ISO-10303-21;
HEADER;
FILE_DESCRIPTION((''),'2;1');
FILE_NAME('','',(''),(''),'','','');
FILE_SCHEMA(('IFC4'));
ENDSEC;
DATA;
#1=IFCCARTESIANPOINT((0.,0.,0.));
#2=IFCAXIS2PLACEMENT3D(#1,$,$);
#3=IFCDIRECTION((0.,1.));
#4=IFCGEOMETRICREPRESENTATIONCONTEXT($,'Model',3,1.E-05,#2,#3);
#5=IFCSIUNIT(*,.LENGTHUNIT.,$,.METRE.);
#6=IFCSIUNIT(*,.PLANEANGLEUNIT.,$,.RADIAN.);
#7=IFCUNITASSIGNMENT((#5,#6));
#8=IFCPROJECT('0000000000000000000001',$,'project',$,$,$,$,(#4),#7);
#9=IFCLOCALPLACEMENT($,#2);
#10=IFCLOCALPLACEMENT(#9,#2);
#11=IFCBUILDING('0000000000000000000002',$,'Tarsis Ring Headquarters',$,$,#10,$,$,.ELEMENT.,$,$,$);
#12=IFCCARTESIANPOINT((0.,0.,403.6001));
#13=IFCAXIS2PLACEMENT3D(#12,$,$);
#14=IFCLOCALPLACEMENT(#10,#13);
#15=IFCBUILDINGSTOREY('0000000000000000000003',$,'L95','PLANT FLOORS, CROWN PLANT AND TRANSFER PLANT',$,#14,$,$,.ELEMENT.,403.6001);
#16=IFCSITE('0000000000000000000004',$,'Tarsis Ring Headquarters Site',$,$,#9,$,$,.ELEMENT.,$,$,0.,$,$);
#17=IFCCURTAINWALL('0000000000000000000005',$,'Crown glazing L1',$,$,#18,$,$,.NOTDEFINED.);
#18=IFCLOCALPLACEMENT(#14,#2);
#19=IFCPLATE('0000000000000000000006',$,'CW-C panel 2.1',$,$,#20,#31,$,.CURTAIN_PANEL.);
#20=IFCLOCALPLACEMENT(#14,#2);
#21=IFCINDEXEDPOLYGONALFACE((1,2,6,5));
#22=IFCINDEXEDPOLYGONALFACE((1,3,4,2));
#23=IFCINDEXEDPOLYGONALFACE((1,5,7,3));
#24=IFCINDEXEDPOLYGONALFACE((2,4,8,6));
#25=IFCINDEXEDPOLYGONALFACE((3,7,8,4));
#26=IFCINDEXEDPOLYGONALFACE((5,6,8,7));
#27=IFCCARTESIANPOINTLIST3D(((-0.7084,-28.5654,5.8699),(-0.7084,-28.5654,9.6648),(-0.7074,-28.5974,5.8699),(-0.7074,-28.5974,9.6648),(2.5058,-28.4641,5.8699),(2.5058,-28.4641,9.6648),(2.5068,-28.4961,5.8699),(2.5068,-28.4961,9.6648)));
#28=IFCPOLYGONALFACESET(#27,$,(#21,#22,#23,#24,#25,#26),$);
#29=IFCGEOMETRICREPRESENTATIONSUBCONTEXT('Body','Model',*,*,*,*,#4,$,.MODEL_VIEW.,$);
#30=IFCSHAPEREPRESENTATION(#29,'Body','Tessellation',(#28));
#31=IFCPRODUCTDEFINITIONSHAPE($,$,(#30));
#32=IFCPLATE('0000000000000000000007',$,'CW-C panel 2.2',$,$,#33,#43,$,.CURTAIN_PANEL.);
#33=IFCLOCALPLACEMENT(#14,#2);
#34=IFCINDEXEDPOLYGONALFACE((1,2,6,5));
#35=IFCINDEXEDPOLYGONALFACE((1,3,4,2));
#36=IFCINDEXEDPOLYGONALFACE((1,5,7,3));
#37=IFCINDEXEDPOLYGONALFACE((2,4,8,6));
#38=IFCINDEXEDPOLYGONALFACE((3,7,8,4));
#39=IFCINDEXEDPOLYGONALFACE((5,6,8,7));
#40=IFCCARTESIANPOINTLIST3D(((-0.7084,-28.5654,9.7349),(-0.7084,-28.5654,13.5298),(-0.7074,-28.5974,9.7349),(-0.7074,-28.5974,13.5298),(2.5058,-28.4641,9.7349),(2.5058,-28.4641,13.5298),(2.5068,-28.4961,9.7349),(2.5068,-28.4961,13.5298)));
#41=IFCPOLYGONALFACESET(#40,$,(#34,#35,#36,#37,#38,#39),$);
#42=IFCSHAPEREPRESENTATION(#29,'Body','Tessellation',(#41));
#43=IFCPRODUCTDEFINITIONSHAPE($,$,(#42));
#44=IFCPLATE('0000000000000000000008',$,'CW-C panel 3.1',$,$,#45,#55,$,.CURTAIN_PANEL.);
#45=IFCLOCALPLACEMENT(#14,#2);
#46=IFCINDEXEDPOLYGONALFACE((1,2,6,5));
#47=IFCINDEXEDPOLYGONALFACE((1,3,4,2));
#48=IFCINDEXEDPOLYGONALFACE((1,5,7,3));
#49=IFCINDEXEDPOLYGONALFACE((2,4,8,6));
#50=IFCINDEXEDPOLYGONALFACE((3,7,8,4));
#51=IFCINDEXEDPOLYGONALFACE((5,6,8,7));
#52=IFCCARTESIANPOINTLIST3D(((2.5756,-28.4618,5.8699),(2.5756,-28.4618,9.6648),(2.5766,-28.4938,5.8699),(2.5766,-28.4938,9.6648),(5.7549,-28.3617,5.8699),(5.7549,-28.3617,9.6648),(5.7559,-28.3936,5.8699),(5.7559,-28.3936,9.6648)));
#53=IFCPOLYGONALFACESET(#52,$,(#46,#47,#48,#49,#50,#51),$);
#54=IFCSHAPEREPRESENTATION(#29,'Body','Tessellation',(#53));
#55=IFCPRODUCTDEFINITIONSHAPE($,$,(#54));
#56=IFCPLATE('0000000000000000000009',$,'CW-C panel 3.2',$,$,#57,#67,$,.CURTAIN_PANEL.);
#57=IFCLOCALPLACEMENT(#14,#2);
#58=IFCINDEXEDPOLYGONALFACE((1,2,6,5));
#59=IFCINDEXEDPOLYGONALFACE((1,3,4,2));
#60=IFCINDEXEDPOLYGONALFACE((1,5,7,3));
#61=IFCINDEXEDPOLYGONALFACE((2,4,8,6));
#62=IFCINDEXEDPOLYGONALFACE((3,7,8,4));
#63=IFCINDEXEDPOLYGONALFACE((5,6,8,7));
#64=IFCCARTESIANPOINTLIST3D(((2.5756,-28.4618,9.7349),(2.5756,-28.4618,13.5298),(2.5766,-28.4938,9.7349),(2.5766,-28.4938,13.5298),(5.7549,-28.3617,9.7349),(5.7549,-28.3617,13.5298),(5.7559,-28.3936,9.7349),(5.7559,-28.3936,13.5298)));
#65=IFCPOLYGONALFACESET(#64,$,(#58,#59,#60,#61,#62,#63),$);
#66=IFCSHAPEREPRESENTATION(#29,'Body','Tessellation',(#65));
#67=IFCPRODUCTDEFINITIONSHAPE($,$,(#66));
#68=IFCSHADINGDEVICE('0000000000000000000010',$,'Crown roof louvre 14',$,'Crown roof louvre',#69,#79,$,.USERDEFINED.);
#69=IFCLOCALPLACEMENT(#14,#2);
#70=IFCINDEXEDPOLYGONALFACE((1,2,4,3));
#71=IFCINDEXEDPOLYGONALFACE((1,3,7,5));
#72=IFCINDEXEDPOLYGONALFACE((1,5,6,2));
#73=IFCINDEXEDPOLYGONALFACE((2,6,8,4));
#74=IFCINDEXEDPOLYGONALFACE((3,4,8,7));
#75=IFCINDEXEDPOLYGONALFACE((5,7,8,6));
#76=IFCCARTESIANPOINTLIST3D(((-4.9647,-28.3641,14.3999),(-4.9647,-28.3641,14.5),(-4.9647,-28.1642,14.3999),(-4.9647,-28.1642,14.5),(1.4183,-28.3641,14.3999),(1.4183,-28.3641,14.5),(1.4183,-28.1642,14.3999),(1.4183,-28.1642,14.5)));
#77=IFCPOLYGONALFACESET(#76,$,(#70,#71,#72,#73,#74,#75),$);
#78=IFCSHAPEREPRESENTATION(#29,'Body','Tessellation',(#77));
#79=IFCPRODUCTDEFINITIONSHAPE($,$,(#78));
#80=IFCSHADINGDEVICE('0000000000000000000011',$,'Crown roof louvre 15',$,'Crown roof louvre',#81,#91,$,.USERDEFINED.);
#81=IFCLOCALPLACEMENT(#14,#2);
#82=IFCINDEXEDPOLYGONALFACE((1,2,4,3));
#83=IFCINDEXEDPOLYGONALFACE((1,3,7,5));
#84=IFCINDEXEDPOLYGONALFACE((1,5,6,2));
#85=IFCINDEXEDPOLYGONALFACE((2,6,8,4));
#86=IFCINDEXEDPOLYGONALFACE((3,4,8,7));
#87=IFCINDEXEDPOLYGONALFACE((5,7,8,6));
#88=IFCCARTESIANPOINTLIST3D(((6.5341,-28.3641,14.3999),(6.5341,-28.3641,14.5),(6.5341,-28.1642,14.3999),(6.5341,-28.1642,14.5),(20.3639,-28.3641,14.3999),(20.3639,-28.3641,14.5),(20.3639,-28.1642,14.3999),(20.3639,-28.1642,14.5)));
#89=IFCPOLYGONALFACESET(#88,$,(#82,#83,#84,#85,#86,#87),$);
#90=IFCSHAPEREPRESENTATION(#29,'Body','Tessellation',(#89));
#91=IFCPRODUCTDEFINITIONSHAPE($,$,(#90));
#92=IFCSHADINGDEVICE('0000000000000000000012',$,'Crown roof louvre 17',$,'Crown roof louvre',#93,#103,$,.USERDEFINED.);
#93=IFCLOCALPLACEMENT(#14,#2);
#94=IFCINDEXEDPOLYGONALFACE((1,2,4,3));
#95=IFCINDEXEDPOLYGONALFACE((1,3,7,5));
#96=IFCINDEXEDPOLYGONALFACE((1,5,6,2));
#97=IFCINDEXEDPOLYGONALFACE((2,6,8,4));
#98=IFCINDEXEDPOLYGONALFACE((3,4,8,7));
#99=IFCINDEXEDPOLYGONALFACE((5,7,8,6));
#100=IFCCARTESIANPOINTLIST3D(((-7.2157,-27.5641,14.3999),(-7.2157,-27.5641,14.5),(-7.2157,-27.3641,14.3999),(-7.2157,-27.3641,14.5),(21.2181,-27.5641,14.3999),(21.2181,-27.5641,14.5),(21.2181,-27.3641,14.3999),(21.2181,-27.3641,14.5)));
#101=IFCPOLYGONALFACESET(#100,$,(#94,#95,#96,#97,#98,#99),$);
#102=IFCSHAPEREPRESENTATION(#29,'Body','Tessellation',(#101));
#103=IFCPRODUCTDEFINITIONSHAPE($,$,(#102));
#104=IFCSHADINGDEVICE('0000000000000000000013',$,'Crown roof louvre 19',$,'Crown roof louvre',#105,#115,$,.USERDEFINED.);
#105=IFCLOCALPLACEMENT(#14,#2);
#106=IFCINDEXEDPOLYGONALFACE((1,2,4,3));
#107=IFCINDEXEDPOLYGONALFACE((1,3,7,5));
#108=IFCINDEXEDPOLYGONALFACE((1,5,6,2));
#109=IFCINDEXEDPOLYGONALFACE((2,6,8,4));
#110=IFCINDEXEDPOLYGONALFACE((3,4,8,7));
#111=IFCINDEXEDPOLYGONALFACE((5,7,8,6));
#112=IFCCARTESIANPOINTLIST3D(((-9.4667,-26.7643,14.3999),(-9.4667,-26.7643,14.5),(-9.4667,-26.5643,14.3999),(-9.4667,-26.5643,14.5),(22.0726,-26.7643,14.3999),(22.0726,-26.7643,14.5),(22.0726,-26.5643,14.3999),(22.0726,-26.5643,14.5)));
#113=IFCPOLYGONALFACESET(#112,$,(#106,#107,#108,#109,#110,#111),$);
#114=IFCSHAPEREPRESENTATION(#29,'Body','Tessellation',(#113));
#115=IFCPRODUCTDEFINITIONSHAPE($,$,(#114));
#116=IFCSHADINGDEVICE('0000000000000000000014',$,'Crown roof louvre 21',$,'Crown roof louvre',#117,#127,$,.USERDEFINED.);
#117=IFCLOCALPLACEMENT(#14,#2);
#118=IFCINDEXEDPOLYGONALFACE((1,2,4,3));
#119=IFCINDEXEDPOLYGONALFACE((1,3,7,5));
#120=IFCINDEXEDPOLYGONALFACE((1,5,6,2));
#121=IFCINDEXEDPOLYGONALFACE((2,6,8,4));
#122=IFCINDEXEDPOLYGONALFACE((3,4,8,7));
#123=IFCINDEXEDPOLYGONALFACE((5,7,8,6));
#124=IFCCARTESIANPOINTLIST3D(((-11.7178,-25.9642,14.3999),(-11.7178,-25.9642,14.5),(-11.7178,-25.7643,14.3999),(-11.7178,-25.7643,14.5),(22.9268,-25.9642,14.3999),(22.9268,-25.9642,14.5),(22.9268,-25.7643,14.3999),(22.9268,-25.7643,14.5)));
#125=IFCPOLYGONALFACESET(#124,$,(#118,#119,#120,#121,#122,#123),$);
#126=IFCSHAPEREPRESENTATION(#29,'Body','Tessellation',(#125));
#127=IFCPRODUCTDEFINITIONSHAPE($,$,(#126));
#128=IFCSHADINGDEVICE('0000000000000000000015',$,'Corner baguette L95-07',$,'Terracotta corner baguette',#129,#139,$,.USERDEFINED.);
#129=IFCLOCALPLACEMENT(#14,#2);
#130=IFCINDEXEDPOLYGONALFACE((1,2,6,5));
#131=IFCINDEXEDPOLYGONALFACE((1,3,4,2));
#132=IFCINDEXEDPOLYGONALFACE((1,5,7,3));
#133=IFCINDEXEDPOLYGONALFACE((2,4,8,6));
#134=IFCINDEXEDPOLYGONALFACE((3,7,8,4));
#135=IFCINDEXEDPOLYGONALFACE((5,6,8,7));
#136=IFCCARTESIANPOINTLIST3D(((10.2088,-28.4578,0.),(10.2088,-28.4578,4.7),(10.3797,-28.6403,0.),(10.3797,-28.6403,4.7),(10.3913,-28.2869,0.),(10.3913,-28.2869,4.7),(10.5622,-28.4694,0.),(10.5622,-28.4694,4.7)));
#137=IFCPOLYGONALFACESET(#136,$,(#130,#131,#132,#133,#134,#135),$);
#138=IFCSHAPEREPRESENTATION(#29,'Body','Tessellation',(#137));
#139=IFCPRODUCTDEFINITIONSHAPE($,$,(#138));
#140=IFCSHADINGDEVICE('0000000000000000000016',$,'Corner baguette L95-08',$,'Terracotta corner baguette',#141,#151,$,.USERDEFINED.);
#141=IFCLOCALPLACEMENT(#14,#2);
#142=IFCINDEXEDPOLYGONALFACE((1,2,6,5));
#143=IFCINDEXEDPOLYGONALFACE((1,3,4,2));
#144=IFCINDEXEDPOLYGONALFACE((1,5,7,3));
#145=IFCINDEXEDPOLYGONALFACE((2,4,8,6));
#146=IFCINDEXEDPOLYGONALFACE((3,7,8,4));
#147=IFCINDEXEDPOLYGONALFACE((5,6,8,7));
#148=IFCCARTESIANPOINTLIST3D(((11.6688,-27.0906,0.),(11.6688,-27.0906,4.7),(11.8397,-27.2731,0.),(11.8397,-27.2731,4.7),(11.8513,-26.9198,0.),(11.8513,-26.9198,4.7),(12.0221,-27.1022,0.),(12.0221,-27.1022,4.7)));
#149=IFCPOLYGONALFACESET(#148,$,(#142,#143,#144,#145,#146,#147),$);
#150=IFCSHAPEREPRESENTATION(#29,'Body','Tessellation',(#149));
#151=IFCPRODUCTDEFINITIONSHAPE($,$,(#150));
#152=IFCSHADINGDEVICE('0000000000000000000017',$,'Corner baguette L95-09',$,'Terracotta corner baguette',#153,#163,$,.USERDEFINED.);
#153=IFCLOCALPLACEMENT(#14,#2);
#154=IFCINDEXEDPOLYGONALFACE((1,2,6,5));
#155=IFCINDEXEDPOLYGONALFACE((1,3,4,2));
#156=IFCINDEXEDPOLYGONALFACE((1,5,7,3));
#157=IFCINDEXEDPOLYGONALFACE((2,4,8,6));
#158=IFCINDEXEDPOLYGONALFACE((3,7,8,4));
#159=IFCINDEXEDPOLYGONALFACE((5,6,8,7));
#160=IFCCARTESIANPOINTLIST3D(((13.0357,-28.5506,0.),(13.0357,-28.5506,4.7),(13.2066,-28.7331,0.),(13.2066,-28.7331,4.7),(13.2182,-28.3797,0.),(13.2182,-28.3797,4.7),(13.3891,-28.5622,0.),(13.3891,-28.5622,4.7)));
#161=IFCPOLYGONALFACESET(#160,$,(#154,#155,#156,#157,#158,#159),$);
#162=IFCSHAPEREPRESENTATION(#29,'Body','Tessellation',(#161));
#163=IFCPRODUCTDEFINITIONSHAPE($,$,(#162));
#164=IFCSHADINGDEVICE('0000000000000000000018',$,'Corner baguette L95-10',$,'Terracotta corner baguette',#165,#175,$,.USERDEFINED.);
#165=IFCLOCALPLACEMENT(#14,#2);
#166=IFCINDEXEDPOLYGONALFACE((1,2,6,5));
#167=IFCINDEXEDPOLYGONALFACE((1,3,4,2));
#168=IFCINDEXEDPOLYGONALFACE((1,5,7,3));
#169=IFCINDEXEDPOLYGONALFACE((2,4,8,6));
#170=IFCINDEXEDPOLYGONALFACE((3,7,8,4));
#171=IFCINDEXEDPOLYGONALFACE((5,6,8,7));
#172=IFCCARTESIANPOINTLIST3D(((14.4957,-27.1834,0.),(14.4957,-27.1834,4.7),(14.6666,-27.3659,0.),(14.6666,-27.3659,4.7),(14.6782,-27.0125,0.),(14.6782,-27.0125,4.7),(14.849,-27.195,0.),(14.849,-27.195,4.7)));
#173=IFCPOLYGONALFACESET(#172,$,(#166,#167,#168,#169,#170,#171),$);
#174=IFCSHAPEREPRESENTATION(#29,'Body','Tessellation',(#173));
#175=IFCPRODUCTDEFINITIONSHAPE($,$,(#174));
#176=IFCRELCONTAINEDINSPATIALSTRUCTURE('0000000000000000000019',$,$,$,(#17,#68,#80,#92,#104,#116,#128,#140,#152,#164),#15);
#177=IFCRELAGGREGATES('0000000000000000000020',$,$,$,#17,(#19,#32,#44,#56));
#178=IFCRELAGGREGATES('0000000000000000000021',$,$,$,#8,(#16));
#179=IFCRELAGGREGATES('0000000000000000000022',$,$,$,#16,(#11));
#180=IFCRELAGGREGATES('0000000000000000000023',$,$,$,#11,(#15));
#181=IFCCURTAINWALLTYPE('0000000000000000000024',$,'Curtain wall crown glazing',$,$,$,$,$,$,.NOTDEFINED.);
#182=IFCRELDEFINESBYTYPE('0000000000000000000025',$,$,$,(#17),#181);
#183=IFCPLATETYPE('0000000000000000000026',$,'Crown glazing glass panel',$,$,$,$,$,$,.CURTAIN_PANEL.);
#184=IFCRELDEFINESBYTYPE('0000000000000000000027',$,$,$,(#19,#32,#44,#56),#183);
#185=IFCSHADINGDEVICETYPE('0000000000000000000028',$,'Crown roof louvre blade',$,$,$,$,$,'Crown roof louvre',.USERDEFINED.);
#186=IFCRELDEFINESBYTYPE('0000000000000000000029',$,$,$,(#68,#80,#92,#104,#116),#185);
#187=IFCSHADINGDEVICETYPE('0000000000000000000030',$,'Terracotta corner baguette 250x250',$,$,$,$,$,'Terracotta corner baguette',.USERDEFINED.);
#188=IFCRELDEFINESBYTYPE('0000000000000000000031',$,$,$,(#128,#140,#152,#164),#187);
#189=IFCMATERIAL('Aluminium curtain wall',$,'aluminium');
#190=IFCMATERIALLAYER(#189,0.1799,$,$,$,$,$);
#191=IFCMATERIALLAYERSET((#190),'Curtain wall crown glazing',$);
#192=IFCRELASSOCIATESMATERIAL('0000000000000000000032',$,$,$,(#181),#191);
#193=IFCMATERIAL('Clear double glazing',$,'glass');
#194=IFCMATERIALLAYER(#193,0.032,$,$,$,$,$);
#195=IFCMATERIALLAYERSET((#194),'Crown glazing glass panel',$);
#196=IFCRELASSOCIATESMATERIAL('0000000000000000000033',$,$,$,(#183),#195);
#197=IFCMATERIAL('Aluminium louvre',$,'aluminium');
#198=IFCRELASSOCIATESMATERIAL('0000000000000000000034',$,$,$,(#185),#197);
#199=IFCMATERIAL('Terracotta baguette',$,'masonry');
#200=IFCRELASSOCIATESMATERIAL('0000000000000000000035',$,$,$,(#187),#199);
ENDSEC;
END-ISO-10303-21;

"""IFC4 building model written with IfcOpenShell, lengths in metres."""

from ifc_helpers import new_model, si_unit, direction, frame, origin, origin_2d, place, context, subcontext, project, spatial, rectangle, extrude, material, layer, layer_set, type_object, element, aggregate, save


model = new_model("IFC4")

# Units and contexts
model_context = context("Model", 3, precision=1e-05, world=origin(), true_north=direction((0.0, 1.0)))
body_context = subcontext(model_context, "Body", "Model", "MODEL_VIEW")
ifc_project = project(units=[si_unit("LENGTHUNIT", "METRE"), si_unit("PLANEANGLEUNIT", "RADIAN")], contexts=[model_context])

# Site, building, storey
site_placement = place(None, origin())
site = spatial("IfcSite", under=ifc_project, at=site_placement, Name="Tarsis Ring Headquarters Site", CompositionType="ELEMENT", RefElevation=0.0)
building_placement = place(site_placement, origin())
building = spatial("IfcBuilding", under=site, at=building_placement, Name="Tarsis Ring Headquarters", CompositionType="ELEMENT")
storey_placement = place(building_placement, frame((0.0, 0.0, 403.6001)))
storey = spatial("IfcBuildingStorey", under=building, at=storey_placement, Name="L95", Description="PLANT FLOORS, CROWN PLANT AND TRANSFER PLANT", CompositionType="ELEMENT", Elevation=403.6001)

# Curtain wall
ifc_material_1 = material(Name="Aluminium curtain wall", Category="aluminium")
ifc_layer_1 = layer(ifc_material_1, 0.1799)
ifc_layer_set_1 = layer_set([ifc_layer_1], Name="Curtain wall crown glazing")
curtain_wall_type = type_object("IfcCurtainWallType", Name="Curtain wall crown glazing", PredefinedType="NOTDEFINED", material=ifc_layer_set_1)
curtain_wall_placement = place(storey_placement, origin())
curtain_wall = element("IfcCurtainWall", 1, at=curtain_wall_placement, inside=storey, type_object=curtain_wall_type, Name="Crown glazing L1", PredefinedType="NOTDEFINED")

# Plates
ifc_material_2 = material(Name="Clear double glazing", Category="glass")
ifc_layer_2 = layer(ifc_material_2, 0.032)
ifc_layer_set_2 = layer_set([ifc_layer_2], Name="Crown glazing glass panel")
plate_type = type_object("IfcPlateType", Name="Crown glazing glass panel", PredefinedType="CURTAIN_PANEL", material=ifc_layer_set_2)
plate_1_placement = place(storey_placement, frame((0.8992, -28.5308, 5.8699), z_axis=(0.0, 0.0, 1.0), x_axis=(0.999504, 0.031498, 0.0)))
plate_1 = element("IfcPlate", 2, at=plate_1_placement, type_object=plate_type, Name="CW-C panel 2.1", PredefinedType="CURTAIN_PANEL", context=body_context, shape_type="SweptSolid", body=[
    extrude(rectangle(XDim=3.2158, YDim=0.032, at=origin_2d()), origin(), (0.0, 0.0, 1.0), 3.7949),
])
plate_2_placement = place(storey_placement, frame((0.8992, -28.5308, 9.7349), z_axis=(0.0, 0.0, 1.0), x_axis=(0.999504, 0.031498, 0.0)))
plate_2 = element("IfcPlate", 3, at=plate_2_placement, type_object=plate_type, Name="CW-C panel 2.2", PredefinedType="CURTAIN_PANEL", context=body_context, shape_type="SweptSolid", body=[
    extrude(rectangle(XDim=3.2158, YDim=0.032, at=origin_2d()), origin(), (0.0, 0.0, 1.0), 3.7949),
])
plate_3_placement = place(storey_placement, frame((4.1658, -28.4277, 5.8699), z_axis=(0.0, 0.0, 1.0), x_axis=(0.999504, 0.031498, 0.0)))
plate_3 = element("IfcPlate", 4, at=plate_3_placement, type_object=plate_type, Name="CW-C panel 3.1", PredefinedType="CURTAIN_PANEL", context=body_context, shape_type="SweptSolid", body=[
    extrude(rectangle(XDim=3.1809, YDim=0.032, at=origin_2d()), origin(), (0.0, 0.0, 1.0), 3.7949),
])
plate_4_placement = place(storey_placement, frame((4.1658, -28.4277, 9.7349), z_axis=(0.0, 0.0, 1.0), x_axis=(0.999504, 0.031498, 0.0)))
plate_4 = element("IfcPlate", 5, at=plate_4_placement, type_object=plate_type, Name="CW-C panel 3.2", PredefinedType="CURTAIN_PANEL", context=body_context, shape_type="SweptSolid", body=[
    extrude(rectangle(XDim=3.1809, YDim=0.032, at=origin_2d()), origin(), (0.0, 0.0, 1.0), 3.7949),
])
aggregate(curtain_wall, [plate_1, plate_2, plate_3, plate_4])

# Shading devices
ifc_material_3 = material(Name="Aluminium louvre", Category="aluminium")
shading_device_type_1 = type_object("IfcShadingDeviceType", Name="Crown roof louvre blade", ElementType="Crown roof louvre", PredefinedType="USERDEFINED", material=ifc_material_3)
shading_device_1_placement = place(storey_placement, frame((-1.7732, -28.2642, 14.3999), z_axis=(0.0, 0.0, 1.0), x_axis=(1.0, 0.0, 0.0)))
element("IfcShadingDevice", 6, at=shading_device_1_placement, inside=storey, type_object=shading_device_type_1, Name="Crown roof louvre 14", ObjectType="Crown roof louvre", PredefinedType="USERDEFINED", context=body_context, shape_type="SweptSolid", body=[
    extrude(rectangle(XDim=6.3831, YDim=0.2, at=origin_2d()), origin(), (0.0, 0.0, 1.0), 0.1001),
])
shading_device_2_placement = place(storey_placement, frame((13.449, -28.2642, 14.3999), z_axis=(0.0, 0.0, 1.0), x_axis=(1.0, 0.0, 0.0)))
element("IfcShadingDevice", 7, at=shading_device_2_placement, inside=storey, type_object=shading_device_type_1, Name="Crown roof louvre 15", ObjectType="Crown roof louvre", PredefinedType="USERDEFINED", context=body_context, shape_type="SweptSolid", body=[
    extrude(rectangle(XDim=13.8298, YDim=0.2, at=origin_2d()), origin(), (0.0, 0.0, 1.0), 0.1001),
])
shading_device_3_placement = place(storey_placement, frame((7.0012, -27.4641, 14.3999), z_axis=(0.0, 0.0, 1.0), x_axis=(1.0, 0.0, 0.0)))
element("IfcShadingDevice", 8, at=shading_device_3_placement, inside=storey, type_object=shading_device_type_1, Name="Crown roof louvre 17", ObjectType="Crown roof louvre", PredefinedType="USERDEFINED", context=body_context, shape_type="SweptSolid", body=[
    extrude(rectangle(XDim=28.4338, YDim=0.2, at=origin_2d()), origin(), (0.0, 0.0, 1.0), 0.1001),
])
shading_device_4_placement = place(storey_placement, frame((6.303, -26.6643, 14.3999), z_axis=(0.0, 0.0, 1.0), x_axis=(1.0, 0.0, 0.0)))
element("IfcShadingDevice", 9, at=shading_device_4_placement, inside=storey, type_object=shading_device_type_1, Name="Crown roof louvre 19", ObjectType="Crown roof louvre", PredefinedType="USERDEFINED", context=body_context, shape_type="SweptSolid", body=[
    extrude(rectangle(XDim=31.5393, YDim=0.2, at=origin_2d()), origin(), (0.0, 0.0, 1.0), 0.1001),
])
shading_device_5_placement = place(storey_placement, frame((5.6045, -25.8643, 14.3999), z_axis=(0.0, 0.0, 1.0), x_axis=(1.0, 0.0, 0.0)))
element("IfcShadingDevice", 10, at=shading_device_5_placement, inside=storey, type_object=shading_device_type_1, Name="Crown roof louvre 21", ObjectType="Crown roof louvre", PredefinedType="USERDEFINED", context=body_context, shape_type="SweptSolid", body=[
    extrude(rectangle(XDim=34.6445, YDim=0.2, at=origin_2d()), origin(), (0.0, 0.0, 1.0), 0.1001),
])
ifc_material_4 = material(Name="Terracotta baguette", Category="masonry")
shading_device_type_2 = type_object("IfcShadingDeviceType", Name="Terracotta corner baguette 250x250", ElementType="Terracotta corner baguette", PredefinedType="USERDEFINED", material=ifc_material_4)
for number, where, z_axis, x_axis, name in (
    (11, (10.3855, -28.4636, 0.0), (0.0, 0.0, 1.0), (0.683529, -0.729924, 0.0), "Corner baguette L95-07"),
    (12, (11.8455, -27.0964, 0.0), (0.0, 0.0, 1.0), (0.729924, 0.683529, 0.0), "Corner baguette L95-08"),
    (13, (13.2124, -28.5564, 0.0), (0.0, 0.0, 1.0), (0.683529, -0.729924, 0.0), "Corner baguette L95-09"),
    (14, (14.6724, -27.1892, 0.0), (0.0, 0.0, 1.0), (0.729924, 0.683529, 0.0), "Corner baguette L95-10"),
):
    element("IfcShadingDevice", number, at=place(storey_placement, frame(where, z_axis=z_axis, x_axis=x_axis)), inside=storey, type_object=shading_device_type_2, Name=name, ObjectType="Terracotta corner baguette", PredefinedType="USERDEFINED", context=body_context, shape_type="SweptSolid", body=[
        extrude(rectangle(XDim=0.25, YDim=0.25, at=origin_2d()), origin(), (0.0, 0.0, 1.0), 4.7),
    ])

save(model, "model.ifc")
